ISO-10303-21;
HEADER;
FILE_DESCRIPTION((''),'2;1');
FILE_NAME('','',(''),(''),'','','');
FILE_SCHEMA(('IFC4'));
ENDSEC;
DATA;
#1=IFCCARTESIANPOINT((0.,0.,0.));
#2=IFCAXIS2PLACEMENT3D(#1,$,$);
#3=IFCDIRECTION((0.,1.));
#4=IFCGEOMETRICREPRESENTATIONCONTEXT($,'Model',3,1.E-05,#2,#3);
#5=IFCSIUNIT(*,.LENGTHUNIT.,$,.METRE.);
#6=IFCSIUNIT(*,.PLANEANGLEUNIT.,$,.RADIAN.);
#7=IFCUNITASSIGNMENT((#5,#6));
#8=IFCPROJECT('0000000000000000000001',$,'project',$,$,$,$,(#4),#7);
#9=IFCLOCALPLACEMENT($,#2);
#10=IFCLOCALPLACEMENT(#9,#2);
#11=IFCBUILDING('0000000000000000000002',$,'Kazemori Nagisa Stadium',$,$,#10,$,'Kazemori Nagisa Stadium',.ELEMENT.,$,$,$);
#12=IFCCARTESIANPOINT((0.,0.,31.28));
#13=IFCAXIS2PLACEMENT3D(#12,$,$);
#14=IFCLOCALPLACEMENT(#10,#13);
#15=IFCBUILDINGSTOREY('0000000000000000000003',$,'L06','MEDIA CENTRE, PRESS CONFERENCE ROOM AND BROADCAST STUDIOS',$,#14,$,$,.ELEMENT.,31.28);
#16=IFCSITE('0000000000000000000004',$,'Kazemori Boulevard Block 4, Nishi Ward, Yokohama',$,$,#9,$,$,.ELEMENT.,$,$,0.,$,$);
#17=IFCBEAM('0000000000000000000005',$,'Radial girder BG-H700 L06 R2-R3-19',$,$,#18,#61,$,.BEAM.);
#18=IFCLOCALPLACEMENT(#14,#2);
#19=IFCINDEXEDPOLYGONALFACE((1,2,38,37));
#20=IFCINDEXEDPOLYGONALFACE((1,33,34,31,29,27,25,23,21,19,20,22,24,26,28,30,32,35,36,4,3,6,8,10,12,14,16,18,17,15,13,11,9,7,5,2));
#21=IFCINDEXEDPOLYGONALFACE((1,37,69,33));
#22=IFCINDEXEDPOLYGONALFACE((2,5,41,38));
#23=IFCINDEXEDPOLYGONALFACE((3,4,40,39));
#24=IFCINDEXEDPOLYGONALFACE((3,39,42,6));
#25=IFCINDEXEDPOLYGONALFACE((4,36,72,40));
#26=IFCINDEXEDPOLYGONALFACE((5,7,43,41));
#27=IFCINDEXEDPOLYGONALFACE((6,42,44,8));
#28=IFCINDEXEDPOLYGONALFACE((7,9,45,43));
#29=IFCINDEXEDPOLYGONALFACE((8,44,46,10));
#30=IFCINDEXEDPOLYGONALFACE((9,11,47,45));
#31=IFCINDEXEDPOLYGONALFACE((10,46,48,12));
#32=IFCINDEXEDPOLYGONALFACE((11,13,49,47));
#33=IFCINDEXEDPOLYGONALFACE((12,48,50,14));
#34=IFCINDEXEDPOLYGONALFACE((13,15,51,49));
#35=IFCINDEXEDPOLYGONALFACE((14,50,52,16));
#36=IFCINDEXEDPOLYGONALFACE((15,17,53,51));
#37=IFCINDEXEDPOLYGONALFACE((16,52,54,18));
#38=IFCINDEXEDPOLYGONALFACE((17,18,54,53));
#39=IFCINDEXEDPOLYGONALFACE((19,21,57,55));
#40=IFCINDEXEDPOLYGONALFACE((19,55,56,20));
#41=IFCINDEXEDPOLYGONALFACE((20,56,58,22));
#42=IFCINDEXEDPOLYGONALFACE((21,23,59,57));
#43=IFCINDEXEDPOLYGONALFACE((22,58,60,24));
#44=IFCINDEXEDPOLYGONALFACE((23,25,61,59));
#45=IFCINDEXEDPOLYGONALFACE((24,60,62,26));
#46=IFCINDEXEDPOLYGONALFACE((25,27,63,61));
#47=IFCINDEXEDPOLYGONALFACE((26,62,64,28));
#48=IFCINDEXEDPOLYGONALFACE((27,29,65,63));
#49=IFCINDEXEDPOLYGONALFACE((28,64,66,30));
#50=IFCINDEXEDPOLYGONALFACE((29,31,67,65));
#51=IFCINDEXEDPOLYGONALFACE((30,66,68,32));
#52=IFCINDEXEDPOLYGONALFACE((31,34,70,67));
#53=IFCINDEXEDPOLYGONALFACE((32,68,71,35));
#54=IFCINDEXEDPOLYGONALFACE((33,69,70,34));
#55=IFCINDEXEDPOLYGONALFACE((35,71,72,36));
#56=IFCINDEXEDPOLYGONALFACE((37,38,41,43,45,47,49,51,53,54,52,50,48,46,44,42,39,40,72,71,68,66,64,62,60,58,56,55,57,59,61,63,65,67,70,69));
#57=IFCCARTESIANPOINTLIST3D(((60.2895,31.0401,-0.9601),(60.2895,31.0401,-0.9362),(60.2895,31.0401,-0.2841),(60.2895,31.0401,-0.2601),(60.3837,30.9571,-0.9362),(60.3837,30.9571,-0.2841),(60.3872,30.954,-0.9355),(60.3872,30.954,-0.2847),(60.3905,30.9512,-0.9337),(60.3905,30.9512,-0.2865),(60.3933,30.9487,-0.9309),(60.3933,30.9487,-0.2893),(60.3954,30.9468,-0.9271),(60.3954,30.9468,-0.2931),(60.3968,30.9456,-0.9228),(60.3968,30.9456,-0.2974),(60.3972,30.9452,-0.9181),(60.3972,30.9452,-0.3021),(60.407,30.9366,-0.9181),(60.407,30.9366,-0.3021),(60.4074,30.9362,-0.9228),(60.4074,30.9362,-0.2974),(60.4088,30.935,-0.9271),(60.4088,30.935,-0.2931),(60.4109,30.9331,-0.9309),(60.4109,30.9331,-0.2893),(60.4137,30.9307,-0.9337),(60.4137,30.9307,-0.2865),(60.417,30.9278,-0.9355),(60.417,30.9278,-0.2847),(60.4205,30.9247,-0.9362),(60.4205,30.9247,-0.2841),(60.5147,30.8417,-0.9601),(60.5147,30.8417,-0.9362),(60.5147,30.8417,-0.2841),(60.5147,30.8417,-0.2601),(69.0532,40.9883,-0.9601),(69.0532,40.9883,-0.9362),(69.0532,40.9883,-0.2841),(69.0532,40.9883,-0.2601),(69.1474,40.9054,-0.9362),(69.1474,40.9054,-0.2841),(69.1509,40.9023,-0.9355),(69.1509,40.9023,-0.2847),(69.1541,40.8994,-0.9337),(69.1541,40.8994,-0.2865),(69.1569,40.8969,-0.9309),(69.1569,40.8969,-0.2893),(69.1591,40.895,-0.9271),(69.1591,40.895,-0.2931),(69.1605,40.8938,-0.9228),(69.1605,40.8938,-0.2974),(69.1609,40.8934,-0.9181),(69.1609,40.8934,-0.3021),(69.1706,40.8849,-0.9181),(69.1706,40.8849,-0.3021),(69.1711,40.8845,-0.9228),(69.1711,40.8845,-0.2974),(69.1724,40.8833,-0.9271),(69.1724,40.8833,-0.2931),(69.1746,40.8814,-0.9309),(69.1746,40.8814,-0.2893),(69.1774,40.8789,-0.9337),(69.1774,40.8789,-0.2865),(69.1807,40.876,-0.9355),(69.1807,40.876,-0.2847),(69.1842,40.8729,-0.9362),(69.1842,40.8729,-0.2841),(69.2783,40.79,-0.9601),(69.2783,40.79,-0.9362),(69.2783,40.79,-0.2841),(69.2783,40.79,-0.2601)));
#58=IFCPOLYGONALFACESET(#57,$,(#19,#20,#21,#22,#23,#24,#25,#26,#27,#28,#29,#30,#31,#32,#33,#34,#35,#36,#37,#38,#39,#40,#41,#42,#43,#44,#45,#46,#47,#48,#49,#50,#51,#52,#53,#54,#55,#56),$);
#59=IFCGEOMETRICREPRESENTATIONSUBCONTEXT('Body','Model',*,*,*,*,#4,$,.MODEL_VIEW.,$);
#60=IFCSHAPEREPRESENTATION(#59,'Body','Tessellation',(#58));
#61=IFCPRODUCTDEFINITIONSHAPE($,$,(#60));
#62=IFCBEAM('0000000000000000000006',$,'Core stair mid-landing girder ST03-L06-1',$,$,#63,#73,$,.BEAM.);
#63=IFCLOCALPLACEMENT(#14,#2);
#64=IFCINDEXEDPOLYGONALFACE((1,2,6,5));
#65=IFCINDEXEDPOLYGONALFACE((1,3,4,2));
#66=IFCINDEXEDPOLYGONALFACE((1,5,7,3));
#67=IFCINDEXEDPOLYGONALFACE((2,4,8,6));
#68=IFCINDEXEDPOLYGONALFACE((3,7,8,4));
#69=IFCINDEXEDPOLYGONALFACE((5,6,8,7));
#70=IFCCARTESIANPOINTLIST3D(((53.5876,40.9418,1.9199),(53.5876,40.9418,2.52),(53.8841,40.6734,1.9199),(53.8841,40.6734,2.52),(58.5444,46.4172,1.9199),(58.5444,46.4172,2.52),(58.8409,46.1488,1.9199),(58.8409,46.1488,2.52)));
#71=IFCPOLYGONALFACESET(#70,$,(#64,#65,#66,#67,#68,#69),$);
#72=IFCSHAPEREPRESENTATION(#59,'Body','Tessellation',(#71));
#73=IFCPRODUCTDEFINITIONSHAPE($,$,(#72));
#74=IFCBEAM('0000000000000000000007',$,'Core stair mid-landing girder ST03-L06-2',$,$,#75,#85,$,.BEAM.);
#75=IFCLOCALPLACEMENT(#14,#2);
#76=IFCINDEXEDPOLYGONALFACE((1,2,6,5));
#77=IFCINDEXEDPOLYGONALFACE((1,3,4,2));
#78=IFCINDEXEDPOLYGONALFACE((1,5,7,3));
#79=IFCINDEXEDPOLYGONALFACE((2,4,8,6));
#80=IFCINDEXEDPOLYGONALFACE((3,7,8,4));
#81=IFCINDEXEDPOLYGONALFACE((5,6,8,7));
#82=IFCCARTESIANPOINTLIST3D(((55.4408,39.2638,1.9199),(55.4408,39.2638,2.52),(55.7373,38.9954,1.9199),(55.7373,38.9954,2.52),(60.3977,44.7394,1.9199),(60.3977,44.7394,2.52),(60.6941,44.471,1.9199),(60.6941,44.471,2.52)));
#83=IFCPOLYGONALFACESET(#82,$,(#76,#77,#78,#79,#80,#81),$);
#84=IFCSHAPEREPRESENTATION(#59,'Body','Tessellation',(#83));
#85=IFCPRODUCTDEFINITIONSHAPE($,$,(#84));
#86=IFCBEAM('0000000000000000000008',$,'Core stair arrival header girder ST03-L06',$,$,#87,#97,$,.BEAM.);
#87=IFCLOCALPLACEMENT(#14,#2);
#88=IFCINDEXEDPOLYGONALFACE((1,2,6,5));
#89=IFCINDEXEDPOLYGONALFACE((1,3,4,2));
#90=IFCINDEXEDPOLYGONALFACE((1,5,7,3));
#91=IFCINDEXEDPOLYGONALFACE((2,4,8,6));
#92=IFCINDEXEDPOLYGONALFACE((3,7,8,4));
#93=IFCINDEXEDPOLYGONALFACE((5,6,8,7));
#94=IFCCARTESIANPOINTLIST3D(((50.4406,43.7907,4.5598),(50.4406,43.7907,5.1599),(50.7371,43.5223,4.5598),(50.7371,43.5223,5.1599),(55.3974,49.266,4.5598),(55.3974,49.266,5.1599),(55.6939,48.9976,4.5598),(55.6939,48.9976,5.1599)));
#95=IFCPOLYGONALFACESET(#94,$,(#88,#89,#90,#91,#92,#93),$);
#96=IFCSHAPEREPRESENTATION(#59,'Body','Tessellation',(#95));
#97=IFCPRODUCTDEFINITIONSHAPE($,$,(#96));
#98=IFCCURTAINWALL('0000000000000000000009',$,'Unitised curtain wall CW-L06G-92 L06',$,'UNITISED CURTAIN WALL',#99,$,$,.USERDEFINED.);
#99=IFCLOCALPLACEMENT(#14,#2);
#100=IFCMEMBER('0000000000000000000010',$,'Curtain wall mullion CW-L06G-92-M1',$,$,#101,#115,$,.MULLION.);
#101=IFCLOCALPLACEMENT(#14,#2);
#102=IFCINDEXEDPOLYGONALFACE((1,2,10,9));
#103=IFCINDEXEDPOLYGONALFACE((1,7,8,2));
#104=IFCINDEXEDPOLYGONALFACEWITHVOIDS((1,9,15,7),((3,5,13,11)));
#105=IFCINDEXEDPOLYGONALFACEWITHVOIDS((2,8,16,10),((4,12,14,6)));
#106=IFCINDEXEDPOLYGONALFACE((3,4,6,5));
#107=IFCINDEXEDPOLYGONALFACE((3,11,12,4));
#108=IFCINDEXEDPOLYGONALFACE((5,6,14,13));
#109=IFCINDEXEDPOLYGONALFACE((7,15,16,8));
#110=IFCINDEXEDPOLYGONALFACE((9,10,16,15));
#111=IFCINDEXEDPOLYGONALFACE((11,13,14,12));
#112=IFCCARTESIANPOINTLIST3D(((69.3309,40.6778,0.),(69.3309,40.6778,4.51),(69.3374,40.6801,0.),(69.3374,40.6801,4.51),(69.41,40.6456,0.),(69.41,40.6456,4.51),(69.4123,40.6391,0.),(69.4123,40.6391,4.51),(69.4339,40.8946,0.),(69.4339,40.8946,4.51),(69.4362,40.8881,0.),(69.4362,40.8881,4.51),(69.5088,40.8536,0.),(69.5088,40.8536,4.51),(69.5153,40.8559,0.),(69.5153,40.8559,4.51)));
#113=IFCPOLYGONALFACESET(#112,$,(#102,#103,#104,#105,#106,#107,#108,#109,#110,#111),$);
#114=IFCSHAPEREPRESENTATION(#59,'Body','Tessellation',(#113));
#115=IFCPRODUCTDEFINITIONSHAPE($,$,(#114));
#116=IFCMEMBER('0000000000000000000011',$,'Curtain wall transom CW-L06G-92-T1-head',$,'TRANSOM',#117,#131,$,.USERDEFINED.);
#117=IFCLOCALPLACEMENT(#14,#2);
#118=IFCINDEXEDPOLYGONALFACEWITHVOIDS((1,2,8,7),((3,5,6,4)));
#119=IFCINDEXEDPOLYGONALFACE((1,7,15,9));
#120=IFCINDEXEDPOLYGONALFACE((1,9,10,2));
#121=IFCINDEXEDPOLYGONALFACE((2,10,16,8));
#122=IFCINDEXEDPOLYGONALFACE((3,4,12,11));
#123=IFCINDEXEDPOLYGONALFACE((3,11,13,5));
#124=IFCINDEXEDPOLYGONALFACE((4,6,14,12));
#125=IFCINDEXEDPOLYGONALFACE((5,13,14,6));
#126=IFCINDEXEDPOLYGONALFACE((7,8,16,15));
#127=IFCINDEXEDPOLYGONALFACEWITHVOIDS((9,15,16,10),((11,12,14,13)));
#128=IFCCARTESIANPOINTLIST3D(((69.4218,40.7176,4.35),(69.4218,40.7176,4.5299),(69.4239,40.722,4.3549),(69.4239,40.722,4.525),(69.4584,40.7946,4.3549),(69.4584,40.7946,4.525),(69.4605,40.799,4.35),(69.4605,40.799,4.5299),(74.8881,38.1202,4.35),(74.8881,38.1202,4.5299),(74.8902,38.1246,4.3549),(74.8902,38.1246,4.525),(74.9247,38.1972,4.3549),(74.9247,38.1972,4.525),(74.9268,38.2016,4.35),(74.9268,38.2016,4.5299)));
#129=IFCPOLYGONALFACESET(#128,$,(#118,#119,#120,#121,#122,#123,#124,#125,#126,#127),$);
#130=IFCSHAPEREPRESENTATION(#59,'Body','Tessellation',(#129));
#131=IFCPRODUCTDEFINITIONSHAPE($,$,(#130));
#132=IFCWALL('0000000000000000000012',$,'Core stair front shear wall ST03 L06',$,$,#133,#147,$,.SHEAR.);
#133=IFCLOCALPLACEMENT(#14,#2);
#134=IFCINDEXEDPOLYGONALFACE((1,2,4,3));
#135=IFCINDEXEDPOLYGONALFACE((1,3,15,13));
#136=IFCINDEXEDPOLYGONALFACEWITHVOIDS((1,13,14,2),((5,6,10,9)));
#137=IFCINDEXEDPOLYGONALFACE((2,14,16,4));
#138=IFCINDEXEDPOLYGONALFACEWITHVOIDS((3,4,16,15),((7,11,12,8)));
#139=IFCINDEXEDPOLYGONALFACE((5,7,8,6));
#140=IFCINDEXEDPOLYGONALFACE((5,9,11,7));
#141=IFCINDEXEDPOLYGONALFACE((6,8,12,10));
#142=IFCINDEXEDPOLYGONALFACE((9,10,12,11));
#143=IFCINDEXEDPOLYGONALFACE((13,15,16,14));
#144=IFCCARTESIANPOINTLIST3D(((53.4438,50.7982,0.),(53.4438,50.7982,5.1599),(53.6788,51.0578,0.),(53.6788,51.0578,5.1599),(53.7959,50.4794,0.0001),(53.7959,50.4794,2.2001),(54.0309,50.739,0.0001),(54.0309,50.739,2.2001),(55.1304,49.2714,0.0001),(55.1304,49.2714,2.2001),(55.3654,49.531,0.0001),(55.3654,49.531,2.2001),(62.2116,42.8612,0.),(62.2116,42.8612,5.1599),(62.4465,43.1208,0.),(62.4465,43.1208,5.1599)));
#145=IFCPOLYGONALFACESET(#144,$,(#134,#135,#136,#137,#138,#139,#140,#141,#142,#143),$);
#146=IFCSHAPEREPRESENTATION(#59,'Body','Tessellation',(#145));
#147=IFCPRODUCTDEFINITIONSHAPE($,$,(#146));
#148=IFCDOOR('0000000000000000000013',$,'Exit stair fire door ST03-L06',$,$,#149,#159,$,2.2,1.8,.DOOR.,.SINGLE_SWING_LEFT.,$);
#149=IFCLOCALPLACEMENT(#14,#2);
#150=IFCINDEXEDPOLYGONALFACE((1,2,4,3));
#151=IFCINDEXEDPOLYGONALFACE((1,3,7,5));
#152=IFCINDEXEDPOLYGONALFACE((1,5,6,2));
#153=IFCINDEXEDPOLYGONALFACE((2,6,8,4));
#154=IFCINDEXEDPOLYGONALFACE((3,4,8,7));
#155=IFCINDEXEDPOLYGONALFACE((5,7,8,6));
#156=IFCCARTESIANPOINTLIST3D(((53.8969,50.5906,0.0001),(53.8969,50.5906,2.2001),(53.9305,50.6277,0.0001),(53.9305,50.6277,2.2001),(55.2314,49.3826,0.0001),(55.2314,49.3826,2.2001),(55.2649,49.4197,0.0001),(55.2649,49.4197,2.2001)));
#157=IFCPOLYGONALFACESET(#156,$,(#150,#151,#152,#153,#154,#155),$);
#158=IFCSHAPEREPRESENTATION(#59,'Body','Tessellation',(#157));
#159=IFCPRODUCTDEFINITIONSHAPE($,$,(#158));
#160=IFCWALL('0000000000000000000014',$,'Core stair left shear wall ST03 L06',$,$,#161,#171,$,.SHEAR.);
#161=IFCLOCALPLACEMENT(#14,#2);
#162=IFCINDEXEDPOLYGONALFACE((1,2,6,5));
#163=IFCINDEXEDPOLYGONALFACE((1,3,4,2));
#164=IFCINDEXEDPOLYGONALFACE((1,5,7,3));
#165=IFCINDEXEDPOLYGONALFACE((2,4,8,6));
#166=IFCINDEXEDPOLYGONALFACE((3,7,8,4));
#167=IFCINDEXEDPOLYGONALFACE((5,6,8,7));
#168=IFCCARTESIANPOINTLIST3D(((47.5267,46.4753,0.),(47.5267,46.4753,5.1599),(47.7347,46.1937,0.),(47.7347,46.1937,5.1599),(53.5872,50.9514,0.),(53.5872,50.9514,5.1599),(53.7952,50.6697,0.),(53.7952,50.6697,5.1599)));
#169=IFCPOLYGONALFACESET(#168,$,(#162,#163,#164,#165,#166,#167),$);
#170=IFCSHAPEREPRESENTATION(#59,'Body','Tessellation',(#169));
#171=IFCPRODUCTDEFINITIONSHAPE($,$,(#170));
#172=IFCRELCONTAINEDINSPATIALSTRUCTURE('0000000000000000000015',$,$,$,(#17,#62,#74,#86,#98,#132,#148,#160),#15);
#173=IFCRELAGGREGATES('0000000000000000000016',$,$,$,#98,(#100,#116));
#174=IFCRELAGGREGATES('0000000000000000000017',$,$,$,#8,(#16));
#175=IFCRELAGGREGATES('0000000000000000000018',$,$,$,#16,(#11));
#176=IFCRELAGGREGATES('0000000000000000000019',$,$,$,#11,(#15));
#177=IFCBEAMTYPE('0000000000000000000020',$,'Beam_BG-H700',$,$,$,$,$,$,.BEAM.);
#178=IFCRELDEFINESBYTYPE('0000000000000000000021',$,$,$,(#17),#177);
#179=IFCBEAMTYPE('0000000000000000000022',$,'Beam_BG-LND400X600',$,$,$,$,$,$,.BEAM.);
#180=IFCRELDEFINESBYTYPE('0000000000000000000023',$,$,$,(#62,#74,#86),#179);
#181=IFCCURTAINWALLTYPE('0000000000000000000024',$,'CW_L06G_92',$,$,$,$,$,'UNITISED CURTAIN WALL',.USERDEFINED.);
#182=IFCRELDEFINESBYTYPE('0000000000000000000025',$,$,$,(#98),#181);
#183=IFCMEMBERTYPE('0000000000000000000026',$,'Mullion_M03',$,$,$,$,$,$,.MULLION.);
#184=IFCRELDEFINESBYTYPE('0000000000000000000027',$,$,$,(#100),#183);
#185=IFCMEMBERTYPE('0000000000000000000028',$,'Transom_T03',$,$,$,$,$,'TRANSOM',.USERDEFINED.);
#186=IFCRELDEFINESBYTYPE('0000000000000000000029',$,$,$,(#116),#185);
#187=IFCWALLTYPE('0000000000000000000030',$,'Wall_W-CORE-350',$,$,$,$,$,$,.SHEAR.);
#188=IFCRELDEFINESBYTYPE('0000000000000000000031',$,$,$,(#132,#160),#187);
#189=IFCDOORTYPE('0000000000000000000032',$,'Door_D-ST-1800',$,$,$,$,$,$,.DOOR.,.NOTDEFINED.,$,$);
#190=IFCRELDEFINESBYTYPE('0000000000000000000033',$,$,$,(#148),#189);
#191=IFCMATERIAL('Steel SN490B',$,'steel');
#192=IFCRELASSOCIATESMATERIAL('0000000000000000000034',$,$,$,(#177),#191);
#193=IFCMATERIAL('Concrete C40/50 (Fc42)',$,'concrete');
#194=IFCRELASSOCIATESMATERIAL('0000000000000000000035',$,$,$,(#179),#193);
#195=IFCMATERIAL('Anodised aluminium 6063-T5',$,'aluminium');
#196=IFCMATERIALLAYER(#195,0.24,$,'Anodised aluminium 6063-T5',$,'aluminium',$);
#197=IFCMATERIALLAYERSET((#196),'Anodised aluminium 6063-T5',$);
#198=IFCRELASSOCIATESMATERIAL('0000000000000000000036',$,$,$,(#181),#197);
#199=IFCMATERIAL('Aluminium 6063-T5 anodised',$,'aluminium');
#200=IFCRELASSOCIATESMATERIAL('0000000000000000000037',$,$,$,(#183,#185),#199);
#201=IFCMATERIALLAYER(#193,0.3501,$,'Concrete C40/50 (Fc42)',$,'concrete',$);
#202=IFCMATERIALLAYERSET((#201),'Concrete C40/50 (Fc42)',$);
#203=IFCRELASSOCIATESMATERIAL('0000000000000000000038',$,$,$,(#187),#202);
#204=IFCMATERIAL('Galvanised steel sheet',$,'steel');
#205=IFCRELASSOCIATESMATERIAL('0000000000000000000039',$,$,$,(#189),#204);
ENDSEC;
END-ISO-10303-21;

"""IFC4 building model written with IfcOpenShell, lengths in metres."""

from ifc_helpers import new_model, si_unit, direction, frame, frame_2d, origin, origin_2d, place, context, subcontext, project, spatial, rectangle, hollow_rectangle, i_section, extrude, material, layer, layer_set, material_profile, profile_set, type_object, element, fill, aggregate, save


model = new_model("IFC4")

# Units and contexts
model_context = context("Model", 3, precision=1e-05, world=origin(), true_north=direction((0.0, 1.0)))
body_context = subcontext(model_context, "Body", "Model", "MODEL_VIEW")
ifc_project = project(units=[si_unit("LENGTHUNIT", "METRE"), si_unit("PLANEANGLEUNIT", "RADIAN")], contexts=[model_context])

# Site, building, storey
site_placement = place(None, origin())
site = spatial("IfcSite", under=ifc_project, at=site_placement, Name="Kazemori Boulevard Block 4, Nishi Ward, Yokohama", CompositionType="ELEMENT", RefElevation=0.0)
building_placement = place(site_placement, origin())
building = spatial("IfcBuilding", under=site, at=building_placement, Name="Kazemori Nagisa Stadium", LongName="Kazemori Nagisa Stadium", CompositionType="ELEMENT")
storey_placement = place(building_placement, frame((0.0, 0.0, 31.28)))
storey = spatial("IfcBuildingStorey", under=building, at=storey_placement, Name="L06", Description="MEDIA CENTRE, PRESS CONFERENCE ROOM AND BROADCAST STUDIOS", CompositionType="ELEMENT", Elevation=31.28)

# Shared definitions
ifc_material_1 = material(Name="Steel SN490B", Category="steel")

# Beams
ifc_material_profile_1 = material_profile(ifc_material_1, i_section(OverallWidth=0.3, OverallDepth=0.7, WebThickness=0.0129, FlangeThickness=0.0239, FilletRadius=0.0181, at=origin_2d()), Name="H-700x300x13x24")
ifc_profile_set_1 = profile_set([ifc_material_profile_1], Name="Steel SN490B")
beam_type_1 = type_object("IfcBeamType", Name="Beam_BG-H700", PredefinedType="BEAM", material=ifc_profile_set_1)
beam_1_placement = place(storey_placement, frame((69.1658, 40.8892, -0.6101), z_axis=(-0.66102, -0.750369, 0.0), x_axis=(0.750369, -0.66102, 0.0)))
element("IfcBeam", 1, at=beam_1_placement, inside=storey, type_object=beam_type_1, Name="Radial girder BG-H700 L06 R2-R3-19", PredefinedType="BEAM", context=body_context, shape_type="SweptSolid", body=[
    extrude(i_section(OverallWidth=0.3, OverallDepth=0.7, WebThickness=0.0129, FlangeThickness=0.0239, FilletRadius=0.0181, at=origin_2d()), origin(), (0.0, 0.0, 1.0), 13.2578),
])
ifc_material_2 = material(Name="Concrete C40/50 (Fc42)", Category="concrete")
ifc_material_profile_2 = material_profile(ifc_material_2, rectangle(XDim=0.3999, YDim=0.6001, at=origin_2d()), Name="RC-BM-400x600")
ifc_profile_set_2 = profile_set([ifc_material_profile_2], Name="Concrete C40/50 (Fc42)")
beam_type_2 = type_object("IfcBeamType", Name="Beam_BG-LND400X600", PredefinedType="BEAM", material=ifc_profile_set_2)
beam_2_placement = place(storey_placement, frame((58.6926, 46.283, 2.22), z_axis=(-0.67113, -0.74134, 0.0), x_axis=(0.74134, -0.67113, 0.0)))
element("IfcBeam", 2, at=beam_2_placement, inside=storey, type_object=beam_type_2, Name="Core stair mid-landing girder ST03-L06-1", PredefinedType="BEAM", context=body_context, shape_type="SweptSolid", body=[
    extrude(rectangle(XDim=0.3999, YDim=0.6001, at=origin_2d()), origin(), (0.0, 0.0, 1.0), 7.3857),
])
beam_3_placement = place(storey_placement, frame((60.5459, 44.6052, 2.22), z_axis=(-0.671113, -0.741355, 0.0), x_axis=(0.741355, -0.671113, 0.0)))
element("IfcBeam", 3, at=beam_3_placement, inside=storey, type_object=beam_type_2, Name="Core stair mid-landing girder ST03-L06-2", PredefinedType="BEAM", context=body_context, shape_type="SweptSolid", body=[
    extrude(rectangle(XDim=0.3999, YDim=0.6001, at=origin_2d()), origin(), (0.0, 0.0, 1.0), 7.386),
])
beam_4_placement = place(storey_placement, frame((55.5457, 49.1318, 4.8599), z_axis=(-0.67113, -0.74134, 0.0), x_axis=(0.74134, -0.67113, 0.0)))
element("IfcBeam", 4, at=beam_4_placement, inside=storey, type_object=beam_type_2, Name="Core stair arrival header girder ST03-L06", PredefinedType="BEAM", context=body_context, shape_type="SweptSolid", body=[
    extrude(rectangle(XDim=0.3999, YDim=0.6001, at=origin_2d()), origin(), (0.0, 0.0, 1.0), 7.3857),
])

# Curtain wall, members
ifc_material_3 = material(Name="Anodised aluminium 6063-T5", Category="aluminium")
ifc_layer_1 = layer(ifc_material_3, 0.24, Name="Anodised aluminium 6063-T5", Category="aluminium")
ifc_layer_set_1 = layer_set([ifc_layer_1], Name="Anodised aluminium 6063-T5")
curtain_wall_type = type_object("IfcCurtainWallType", Name="CW_L06G_92", ElementType="UNITISED CURTAIN WALL", PredefinedType="USERDEFINED", material=ifc_layer_set_1)
curtain_wall_placement = place(storey_placement, origin())
curtain_wall = element("IfcCurtainWall", 5, at=curtain_wall_placement, inside=storey, type_object=curtain_wall_type, Name="Unitised curtain wall CW-L06G-92 L06", ObjectType="UNITISED CURTAIN WALL", PredefinedType="USERDEFINED")
ifc_material_4 = material(Name="Aluminium 6063-T5 anodised", Category="aluminium")
ifc_material_profile_3 = material_profile(ifc_material_4, hollow_rectangle(XDim=0.0901, YDim=0.24, WallThickness=0.0049, at=origin_2d()), Name="ALU-MULL-90x240x5")
ifc_profile_set_3 = profile_set([ifc_material_profile_3], Name="Aluminium 6063-T5 anodised")
member_type_1 = type_object("IfcMemberType", Name="Mullion_M03", PredefinedType="MULLION", material=ifc_profile_set_3)
member_1_placement = place(storey_placement, frame((69.4231, 40.7668, 0.0), z_axis=(0.0, 0.0, 1.0), x_axis=(0.903216, -0.429186, 0.0)))
member_1 = element("IfcMember", 6, at=member_1_placement, type_object=member_type_1, Name="Curtain wall mullion CW-L06G-92-M1", PredefinedType="MULLION", context=body_context, shape_type="SweptSolid", body=[
    extrude(hollow_rectangle(XDim=0.0901, YDim=0.24, WallThickness=0.0049, at=origin_2d()), origin(), (0.0, 0.0, 1.0), 4.51),
])
ifc_material_profile_4 = material_profile(ifc_material_4, hollow_rectangle(XDim=0.0901, YDim=0.1799, WallThickness=0.0049, at=origin_2d()), Name="ALU-TRAN-90x180x5")
ifc_profile_set_4 = profile_set([ifc_material_profile_4], Name="Aluminium 6063-T5 anodised")
member_type_2 = type_object("IfcMemberType", Name="Transom_T03", ElementType="TRANSOM", PredefinedType="USERDEFINED", material=ifc_profile_set_4)
member_2_placement = place(storey_placement, frame((69.4412, 40.7583, 4.4399), z_axis=(0.903219, -0.42918, 0.0), x_axis=(0.42918, 0.903219, 0.0)))
member_2 = element("IfcMember", 7, at=member_2_placement, type_object=member_type_2, Name="Curtain wall transom CW-L06G-92-T1-head", ObjectType="TRANSOM", PredefinedType="USERDEFINED", context=body_context, shape_type="SweptSolid", body=[
    extrude(hollow_rectangle(XDim=0.0901, YDim=0.1799, WallThickness=0.0049, at=origin_2d()), origin(), (0.0, 0.0, 1.0), 6.052),
])
aggregate(curtain_wall, [member_1, member_2])

# Wall, opening, door
ifc_layer_2 = layer(ifc_material_2, 0.3501, Name="Concrete C40/50 (Fc42)", Category="concrete")
ifc_layer_set_2 = layer_set([ifc_layer_2], Name="Concrete C40/50 (Fc42)")
wall_type_1 = type_object("IfcWallType", Name="Wall_W-CORE-350", PredefinedType="SHEAR", material=ifc_layer_set_2)
wall_1_placement = place(storey_placement, frame((53.5613, 50.928, 0.0), z_axis=(0.0, 0.0, 1.0), x_axis=(0.741358, -0.67111, 0.0)))
wall_1 = element("IfcWall", 8, at=wall_1_placement, inside=storey, type_object=wall_type_1, Name="Core stair front shear wall ST03 L06", PredefinedType="SHEAR", context=body_context, shape_type="SweptSolid", body=[
    extrude(rectangle(XDim=11.8267, YDim=0.3501, at=frame_2d((5.9133, 0.0))), origin(), (0.0, 0.0, 1.0), 5.1599),
])
opening_1_placement = place(wall_1_placement, frame((0.4751, 0.0, 0.0)))
opening_1 = element("IfcOpeningElement", 9, at=opening_1_placement, cuts=wall_1, PredefinedType="OPENING", context=body_context, shape_type="SweptSolid", body=[
    extrude(rectangle(XDim=1.8, YDim=2.2, at=frame_2d((0.8999, 1.1001))), frame((0.0, 0.1851, 0.0), z_axis=(0.0, -1.0, 0.0), x_axis=(1.0, 0.0, 0.0)), (0.0, 0.0, 1.0), 0.3701),
])
ifc_material_5 = material(Name="Galvanised steel sheet", Category="steel")
door_type_1 = type_object("IfcDoorType", Name="Door_D-ST-1800", OperationType="NOTDEFINED", PredefinedType="DOOR", material=ifc_material_5)
door_1_placement = place(opening_1_placement, frame((1.8, 0.0, 0.0), z_axis=(0.0, 0.0, 1.0), x_axis=(-1.0, 0.0, 0.0)))
door_1 = element("IfcDoor", 10, at=door_1_placement, inside=storey, type_object=door_type_1, Name="Exit stair fire door ST03-L06", OperationType="SINGLE_SWING_LEFT", OverallHeight=2.2, OverallWidth=1.8, PredefinedType="DOOR", context=body_context, shape_type="SweptSolid", body=[
    extrude(rectangle(XDim=1.8, YDim=2.2, at=frame_2d((0.8999, 1.1001))), frame((0.0, 0.0249, 0.0), z_axis=(0.0, -1.0, 0.0), x_axis=(1.0, 0.0, 0.0)), (0.0, 0.0, 1.0), 0.05),
])
fill(opening_1, door_1)

# Wall
wall_2_placement = place(storey_placement, frame((53.6912, 50.8105, 0.0), z_axis=(0.0, 0.0, 1.0), x_axis=(-0.804396, -0.594094, 0.0)))
element("IfcWall", 11, at=wall_2_placement, inside=storey, type_object=wall_type_1, Name="Core stair left shear wall ST03 L06", PredefinedType="SHEAR", context=body_context, shape_type="SweptSolid", body=[
    extrude(rectangle(XDim=7.5342, YDim=0.3501, at=frame_2d((3.7671, 0.0))), origin(), (0.0, 0.0, 1.0), 5.1599),
])

save(model, "model.ifc")
